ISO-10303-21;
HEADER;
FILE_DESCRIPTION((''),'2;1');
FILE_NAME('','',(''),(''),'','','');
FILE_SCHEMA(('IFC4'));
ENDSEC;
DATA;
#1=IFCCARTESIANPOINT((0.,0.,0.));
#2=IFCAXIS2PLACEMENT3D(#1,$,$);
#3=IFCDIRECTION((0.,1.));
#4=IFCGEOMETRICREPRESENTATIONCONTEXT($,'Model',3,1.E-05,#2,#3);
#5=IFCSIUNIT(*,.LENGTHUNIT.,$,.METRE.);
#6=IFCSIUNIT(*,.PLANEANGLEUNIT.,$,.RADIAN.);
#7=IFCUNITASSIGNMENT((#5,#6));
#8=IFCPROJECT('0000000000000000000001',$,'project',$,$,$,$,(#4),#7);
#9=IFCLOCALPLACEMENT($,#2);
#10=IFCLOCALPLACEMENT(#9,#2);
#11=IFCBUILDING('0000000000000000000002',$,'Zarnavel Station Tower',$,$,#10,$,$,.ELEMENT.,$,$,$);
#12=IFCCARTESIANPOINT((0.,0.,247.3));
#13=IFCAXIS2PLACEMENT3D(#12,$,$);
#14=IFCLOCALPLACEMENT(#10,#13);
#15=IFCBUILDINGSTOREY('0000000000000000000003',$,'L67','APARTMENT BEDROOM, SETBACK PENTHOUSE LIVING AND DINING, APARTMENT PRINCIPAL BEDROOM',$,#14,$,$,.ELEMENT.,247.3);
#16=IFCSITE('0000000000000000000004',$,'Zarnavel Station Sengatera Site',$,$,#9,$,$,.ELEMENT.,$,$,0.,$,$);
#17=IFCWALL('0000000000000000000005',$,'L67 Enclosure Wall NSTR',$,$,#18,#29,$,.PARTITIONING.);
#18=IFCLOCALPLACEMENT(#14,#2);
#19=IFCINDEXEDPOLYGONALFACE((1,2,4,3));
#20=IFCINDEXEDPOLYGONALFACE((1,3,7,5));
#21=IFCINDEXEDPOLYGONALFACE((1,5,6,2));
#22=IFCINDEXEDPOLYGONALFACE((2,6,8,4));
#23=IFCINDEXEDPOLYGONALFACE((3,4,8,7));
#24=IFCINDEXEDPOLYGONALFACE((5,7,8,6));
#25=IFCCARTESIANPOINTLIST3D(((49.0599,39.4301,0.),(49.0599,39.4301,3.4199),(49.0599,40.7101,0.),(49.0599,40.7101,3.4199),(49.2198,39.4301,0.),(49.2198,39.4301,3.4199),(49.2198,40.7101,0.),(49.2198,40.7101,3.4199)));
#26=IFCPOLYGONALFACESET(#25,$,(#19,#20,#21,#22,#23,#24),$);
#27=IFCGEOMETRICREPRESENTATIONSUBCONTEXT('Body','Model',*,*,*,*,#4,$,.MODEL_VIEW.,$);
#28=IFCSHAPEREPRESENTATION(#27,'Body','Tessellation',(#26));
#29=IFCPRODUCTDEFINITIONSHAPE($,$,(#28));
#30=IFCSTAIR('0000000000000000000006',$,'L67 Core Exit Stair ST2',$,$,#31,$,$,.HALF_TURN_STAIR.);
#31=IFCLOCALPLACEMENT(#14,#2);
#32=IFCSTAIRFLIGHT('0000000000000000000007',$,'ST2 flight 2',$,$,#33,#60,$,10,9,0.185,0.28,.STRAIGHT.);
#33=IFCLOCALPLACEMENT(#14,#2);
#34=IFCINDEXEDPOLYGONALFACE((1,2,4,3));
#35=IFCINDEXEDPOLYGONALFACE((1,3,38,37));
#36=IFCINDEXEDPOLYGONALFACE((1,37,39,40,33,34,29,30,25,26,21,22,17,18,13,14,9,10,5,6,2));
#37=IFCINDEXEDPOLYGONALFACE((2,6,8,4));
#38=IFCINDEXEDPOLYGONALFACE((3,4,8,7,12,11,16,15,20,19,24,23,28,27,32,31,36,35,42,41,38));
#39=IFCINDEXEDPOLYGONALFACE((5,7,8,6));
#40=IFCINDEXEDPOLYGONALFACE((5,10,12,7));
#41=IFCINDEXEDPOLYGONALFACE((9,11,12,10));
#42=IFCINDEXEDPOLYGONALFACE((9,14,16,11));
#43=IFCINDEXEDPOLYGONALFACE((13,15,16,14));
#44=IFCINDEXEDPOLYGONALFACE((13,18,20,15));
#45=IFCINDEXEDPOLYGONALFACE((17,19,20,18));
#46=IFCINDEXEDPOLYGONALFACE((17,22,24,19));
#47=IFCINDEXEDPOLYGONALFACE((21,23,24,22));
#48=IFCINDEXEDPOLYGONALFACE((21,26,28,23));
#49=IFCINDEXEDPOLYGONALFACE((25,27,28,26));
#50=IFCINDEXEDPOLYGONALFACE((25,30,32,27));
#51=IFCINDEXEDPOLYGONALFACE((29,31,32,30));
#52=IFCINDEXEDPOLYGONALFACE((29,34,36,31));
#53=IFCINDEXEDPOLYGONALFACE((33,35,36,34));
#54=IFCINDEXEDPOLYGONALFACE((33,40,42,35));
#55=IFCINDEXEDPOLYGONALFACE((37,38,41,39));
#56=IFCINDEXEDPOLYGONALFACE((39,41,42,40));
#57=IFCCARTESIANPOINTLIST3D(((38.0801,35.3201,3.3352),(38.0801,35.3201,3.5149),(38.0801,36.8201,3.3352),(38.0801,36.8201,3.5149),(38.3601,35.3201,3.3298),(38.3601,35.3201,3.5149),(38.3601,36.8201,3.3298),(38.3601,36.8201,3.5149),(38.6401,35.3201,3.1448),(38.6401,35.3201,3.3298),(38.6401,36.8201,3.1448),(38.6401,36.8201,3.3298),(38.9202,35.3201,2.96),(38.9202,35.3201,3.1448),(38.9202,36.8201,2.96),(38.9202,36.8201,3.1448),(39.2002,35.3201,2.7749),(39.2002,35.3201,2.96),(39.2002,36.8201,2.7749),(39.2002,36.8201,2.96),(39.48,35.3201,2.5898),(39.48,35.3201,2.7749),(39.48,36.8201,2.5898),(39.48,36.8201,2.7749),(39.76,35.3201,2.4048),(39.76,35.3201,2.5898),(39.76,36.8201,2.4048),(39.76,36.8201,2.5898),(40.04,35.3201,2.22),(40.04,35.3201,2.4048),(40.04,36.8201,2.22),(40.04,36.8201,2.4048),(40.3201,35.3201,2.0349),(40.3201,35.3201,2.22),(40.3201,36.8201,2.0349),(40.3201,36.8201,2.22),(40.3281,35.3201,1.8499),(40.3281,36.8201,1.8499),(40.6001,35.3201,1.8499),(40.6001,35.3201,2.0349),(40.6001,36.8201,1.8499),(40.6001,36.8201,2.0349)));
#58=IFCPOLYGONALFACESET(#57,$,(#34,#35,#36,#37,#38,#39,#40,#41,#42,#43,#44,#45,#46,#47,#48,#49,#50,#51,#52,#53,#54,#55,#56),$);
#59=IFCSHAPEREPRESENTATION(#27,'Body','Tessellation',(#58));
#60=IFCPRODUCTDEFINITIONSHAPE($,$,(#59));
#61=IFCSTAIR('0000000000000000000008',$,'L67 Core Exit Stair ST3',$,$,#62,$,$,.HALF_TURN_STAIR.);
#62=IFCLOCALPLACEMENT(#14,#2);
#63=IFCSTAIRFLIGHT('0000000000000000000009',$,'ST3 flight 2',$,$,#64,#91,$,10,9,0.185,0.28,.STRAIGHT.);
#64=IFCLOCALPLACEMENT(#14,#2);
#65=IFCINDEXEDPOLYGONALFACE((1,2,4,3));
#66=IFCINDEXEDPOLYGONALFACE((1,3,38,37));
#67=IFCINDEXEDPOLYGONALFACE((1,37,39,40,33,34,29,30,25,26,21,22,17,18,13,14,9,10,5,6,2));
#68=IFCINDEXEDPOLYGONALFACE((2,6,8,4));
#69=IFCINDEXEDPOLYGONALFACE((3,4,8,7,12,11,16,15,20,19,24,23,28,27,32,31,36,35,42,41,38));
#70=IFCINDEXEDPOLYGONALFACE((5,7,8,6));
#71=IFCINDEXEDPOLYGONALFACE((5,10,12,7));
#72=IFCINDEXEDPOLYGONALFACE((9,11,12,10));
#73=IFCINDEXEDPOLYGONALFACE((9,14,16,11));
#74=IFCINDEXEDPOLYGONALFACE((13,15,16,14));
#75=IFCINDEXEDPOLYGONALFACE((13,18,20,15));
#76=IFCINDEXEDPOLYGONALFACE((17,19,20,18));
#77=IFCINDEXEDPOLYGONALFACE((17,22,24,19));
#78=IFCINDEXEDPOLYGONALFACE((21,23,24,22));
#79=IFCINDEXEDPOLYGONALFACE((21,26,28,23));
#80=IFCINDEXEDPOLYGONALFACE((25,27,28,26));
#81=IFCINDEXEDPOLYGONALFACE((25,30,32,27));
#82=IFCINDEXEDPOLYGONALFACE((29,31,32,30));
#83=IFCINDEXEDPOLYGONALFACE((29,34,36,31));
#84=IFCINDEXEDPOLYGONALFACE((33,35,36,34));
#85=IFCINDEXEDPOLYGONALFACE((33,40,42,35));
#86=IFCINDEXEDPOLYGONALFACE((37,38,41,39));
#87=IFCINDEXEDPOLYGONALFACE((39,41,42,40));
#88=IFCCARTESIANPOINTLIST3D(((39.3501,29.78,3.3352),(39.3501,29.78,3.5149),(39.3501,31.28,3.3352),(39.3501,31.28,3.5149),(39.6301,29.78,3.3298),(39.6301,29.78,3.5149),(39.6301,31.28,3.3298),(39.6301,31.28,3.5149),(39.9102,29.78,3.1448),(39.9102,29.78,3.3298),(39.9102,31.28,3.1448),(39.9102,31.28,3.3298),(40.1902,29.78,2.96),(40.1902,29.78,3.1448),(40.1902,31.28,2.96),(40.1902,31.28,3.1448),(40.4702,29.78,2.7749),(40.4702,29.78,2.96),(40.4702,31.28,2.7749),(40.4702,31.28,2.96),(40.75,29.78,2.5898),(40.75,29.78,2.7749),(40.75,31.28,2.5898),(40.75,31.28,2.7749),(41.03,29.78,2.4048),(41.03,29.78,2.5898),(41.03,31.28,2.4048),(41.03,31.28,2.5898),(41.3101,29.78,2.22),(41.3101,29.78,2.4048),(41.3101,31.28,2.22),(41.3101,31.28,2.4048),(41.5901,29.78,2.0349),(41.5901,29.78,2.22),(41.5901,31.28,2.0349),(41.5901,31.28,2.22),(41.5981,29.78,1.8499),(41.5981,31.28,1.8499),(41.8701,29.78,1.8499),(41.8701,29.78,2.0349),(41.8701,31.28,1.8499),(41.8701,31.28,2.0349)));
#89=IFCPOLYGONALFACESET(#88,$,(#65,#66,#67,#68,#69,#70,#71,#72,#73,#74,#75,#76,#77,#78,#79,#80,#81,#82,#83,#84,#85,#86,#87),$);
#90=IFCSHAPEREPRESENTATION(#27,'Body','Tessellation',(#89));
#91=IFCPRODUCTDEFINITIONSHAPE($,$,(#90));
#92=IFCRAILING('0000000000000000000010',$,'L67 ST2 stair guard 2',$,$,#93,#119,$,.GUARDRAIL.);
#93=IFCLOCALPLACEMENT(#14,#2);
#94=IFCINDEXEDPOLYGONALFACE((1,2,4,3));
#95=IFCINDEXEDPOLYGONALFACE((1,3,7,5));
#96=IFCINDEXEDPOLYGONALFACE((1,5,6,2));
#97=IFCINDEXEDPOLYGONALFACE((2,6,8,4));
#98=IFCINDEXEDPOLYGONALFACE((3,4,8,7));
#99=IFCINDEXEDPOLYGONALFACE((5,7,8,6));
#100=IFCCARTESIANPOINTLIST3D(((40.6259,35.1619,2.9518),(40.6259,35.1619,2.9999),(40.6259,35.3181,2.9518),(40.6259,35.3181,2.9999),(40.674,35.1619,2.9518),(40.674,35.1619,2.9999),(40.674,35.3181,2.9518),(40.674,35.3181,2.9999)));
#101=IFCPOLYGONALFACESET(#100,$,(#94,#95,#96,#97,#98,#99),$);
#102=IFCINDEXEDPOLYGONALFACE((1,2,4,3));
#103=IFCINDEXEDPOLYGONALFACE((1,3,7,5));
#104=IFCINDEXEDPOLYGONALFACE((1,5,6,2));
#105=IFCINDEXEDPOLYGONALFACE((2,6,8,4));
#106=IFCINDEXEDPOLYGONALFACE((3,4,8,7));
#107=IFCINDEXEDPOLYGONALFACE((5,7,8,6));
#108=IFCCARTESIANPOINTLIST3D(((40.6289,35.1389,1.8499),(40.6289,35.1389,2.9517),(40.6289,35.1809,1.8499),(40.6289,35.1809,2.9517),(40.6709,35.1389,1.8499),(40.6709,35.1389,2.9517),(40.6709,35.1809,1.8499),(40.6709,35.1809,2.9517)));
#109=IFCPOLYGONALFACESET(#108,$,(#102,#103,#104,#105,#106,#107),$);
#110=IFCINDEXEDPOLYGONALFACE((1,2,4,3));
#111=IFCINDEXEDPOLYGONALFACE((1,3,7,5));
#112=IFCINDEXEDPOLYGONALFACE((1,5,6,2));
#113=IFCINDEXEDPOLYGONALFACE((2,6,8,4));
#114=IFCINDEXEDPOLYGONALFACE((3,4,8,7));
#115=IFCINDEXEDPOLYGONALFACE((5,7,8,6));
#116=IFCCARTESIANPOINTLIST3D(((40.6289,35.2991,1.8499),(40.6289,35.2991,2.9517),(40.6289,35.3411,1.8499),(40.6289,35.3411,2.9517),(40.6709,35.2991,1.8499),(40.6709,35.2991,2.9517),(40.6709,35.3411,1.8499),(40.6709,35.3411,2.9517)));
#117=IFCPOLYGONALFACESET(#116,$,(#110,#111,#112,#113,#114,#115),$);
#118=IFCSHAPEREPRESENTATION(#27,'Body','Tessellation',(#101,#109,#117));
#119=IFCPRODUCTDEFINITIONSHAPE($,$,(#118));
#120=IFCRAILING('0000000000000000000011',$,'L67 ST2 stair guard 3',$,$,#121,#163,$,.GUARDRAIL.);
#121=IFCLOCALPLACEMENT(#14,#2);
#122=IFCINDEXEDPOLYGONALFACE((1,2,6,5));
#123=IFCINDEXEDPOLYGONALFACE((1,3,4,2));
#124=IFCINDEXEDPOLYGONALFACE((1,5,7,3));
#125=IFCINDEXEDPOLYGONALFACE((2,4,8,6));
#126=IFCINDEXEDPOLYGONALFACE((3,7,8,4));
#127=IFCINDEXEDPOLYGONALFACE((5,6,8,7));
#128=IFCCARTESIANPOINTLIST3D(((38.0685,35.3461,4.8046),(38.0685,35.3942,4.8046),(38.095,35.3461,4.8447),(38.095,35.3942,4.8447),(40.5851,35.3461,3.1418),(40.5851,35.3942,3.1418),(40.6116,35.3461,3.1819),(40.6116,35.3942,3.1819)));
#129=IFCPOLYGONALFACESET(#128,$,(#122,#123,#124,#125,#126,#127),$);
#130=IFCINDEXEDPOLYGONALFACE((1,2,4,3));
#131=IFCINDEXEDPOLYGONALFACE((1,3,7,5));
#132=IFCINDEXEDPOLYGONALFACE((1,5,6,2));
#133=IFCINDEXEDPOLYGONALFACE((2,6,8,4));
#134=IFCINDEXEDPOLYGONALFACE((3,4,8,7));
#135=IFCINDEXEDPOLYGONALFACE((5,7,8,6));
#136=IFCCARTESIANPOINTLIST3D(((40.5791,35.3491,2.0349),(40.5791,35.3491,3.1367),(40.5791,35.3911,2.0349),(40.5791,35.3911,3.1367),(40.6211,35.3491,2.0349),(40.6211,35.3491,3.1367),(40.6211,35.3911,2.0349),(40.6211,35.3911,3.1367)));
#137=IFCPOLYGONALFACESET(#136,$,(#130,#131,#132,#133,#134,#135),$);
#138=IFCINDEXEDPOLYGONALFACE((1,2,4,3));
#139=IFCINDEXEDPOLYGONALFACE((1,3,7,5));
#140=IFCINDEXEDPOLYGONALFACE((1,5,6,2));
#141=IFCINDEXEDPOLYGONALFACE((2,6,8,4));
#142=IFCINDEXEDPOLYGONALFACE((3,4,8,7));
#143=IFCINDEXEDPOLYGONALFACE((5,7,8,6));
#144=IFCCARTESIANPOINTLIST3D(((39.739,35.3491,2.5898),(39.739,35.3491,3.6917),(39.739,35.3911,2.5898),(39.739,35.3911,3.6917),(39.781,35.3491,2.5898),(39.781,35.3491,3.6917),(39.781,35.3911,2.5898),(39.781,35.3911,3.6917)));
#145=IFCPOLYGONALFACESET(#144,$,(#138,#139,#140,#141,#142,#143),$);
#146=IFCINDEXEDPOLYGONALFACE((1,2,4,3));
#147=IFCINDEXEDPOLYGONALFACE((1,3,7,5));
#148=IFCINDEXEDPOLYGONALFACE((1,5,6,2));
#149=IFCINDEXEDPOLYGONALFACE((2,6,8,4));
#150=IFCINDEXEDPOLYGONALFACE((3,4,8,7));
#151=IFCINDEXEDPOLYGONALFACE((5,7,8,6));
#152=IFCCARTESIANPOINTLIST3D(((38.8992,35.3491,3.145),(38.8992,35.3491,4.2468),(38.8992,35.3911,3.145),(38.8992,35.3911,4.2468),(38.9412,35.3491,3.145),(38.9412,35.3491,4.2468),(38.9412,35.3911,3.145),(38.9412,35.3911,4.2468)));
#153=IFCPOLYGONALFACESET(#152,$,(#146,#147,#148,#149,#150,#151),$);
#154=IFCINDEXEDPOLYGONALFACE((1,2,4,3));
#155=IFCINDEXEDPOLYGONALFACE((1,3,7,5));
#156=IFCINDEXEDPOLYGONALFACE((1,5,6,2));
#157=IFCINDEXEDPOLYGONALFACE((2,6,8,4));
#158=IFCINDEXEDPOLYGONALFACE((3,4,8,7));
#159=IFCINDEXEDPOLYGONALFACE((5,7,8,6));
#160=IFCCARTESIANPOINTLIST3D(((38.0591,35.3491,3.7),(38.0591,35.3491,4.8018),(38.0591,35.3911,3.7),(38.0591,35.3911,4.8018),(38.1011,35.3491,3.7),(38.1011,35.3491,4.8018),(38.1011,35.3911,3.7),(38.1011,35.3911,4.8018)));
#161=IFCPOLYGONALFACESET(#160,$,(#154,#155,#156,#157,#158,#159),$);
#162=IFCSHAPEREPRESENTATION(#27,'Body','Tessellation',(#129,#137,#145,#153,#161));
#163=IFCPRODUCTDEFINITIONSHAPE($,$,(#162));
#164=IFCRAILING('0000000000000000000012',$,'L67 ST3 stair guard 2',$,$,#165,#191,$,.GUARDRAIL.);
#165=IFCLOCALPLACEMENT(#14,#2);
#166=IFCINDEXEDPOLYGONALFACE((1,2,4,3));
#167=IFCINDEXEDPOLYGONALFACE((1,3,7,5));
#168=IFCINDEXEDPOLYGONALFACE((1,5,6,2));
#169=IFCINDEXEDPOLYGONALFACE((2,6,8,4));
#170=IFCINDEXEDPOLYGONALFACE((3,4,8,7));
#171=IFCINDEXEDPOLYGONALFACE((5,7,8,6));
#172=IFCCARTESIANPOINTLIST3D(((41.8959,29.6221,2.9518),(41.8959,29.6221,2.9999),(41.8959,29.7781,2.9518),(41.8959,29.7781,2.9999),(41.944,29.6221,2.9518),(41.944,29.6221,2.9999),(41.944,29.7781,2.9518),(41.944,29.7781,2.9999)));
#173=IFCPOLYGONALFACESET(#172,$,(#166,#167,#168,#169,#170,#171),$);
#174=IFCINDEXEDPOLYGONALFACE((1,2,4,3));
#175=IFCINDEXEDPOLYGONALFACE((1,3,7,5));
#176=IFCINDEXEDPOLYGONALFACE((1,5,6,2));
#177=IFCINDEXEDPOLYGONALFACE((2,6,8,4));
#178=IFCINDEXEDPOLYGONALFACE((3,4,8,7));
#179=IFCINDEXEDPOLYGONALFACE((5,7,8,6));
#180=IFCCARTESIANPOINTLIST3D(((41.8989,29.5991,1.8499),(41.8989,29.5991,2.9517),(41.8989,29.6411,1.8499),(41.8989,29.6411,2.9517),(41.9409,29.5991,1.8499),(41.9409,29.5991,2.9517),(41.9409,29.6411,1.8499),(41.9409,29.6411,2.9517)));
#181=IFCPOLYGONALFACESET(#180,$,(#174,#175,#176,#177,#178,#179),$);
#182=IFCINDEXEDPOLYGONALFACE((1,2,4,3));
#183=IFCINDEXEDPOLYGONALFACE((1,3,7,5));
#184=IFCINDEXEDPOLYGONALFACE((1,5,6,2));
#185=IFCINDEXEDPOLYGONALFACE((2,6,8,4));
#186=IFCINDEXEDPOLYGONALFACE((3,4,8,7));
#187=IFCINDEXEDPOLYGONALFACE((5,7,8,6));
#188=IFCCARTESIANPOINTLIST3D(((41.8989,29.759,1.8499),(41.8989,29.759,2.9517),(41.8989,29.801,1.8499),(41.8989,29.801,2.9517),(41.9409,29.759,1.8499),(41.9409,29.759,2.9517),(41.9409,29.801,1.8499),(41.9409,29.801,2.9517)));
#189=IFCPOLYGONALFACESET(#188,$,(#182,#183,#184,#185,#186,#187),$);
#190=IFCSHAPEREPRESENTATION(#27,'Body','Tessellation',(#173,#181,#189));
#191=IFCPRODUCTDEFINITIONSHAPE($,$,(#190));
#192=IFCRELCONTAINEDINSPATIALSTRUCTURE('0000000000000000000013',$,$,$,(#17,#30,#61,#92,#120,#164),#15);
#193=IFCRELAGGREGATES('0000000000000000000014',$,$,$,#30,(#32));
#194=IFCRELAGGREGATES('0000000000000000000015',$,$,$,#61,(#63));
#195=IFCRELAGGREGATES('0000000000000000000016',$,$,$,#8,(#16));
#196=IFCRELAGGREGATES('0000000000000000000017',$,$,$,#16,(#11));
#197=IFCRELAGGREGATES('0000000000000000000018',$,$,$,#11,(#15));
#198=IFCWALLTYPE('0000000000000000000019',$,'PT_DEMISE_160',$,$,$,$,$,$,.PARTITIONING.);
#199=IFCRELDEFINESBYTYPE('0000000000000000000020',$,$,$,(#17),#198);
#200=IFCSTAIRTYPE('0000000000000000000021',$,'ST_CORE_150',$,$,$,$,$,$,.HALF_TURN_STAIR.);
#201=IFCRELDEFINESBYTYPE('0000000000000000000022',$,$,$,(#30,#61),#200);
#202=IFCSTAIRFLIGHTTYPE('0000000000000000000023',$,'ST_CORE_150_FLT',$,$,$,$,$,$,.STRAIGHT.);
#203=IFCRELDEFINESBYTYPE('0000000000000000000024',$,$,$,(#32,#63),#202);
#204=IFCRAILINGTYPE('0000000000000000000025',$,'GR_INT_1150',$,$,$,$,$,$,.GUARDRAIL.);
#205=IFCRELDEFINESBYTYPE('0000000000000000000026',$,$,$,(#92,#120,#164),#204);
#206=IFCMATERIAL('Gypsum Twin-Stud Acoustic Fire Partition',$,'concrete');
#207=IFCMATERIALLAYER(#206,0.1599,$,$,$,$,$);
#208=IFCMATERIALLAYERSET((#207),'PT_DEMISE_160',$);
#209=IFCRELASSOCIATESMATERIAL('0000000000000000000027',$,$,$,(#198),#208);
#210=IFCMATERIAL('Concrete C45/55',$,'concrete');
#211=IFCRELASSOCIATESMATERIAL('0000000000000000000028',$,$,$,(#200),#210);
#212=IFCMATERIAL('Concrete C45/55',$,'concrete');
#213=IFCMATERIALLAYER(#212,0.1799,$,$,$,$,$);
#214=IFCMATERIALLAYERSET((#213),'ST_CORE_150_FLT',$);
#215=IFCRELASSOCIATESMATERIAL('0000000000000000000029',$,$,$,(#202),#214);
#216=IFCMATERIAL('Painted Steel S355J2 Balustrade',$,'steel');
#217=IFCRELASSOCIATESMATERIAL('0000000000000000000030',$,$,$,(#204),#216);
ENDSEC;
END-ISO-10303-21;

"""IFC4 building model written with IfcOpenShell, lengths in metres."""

from ifc_helpers import new_model, si_unit, direction, frame, frame_2d, origin, origin_2d, place, context, subcontext, project, spatial, polyline, rectangle, outline, extrude, material, layer, layer_set, type_object, element, aggregate, save


model = new_model("IFC4")

# Units and contexts
model_context = context("Model", 3, precision=1e-05, world=origin(), true_north=direction((0.0, 1.0)))
body_context = subcontext(model_context, "Body", "Model", "MODEL_VIEW")
ifc_project = project(units=[si_unit("LENGTHUNIT", "METRE"), si_unit("PLANEANGLEUNIT", "RADIAN")], contexts=[model_context])

# Site, building, storey
site_placement = place(None, origin())
site = spatial("IfcSite", under=ifc_project, at=site_placement, Name="Zarnavel Station Sengatera Site", CompositionType="ELEMENT", RefElevation=0.0)
building_placement = place(site_placement, origin())
building = spatial("IfcBuilding", under=site, at=building_placement, Name="Zarnavel Station Tower", CompositionType="ELEMENT")
storey_placement = place(building_placement, frame((0.0, 0.0, 247.3)))
storey = spatial("IfcBuildingStorey", under=building, at=storey_placement, Name="L67", Description="APARTMENT BEDROOM, SETBACK PENTHOUSE LIVING AND DINING, APARTMENT PRINCIPAL BEDROOM", CompositionType="ELEMENT", Elevation=247.3)

# Wall
ifc_material_1 = material(Name="Gypsum Twin-Stud Acoustic Fire Partition", Category="concrete")
ifc_layer_1 = layer(ifc_material_1, 0.1599)
ifc_layer_set_1 = layer_set([ifc_layer_1], Name="PT_DEMISE_160")
wall_type_1 = type_object("IfcWallType", Name="PT_DEMISE_160", PredefinedType="PARTITIONING", material=ifc_layer_set_1)
wall_1_placement = place(storey_placement, frame((49.1399, 39.4299, 0.0), z_axis=(0.0, 0.0, 1.0), x_axis=(0.0, 1.0, 0.0)))
element("IfcWall", 1, at=wall_1_placement, inside=storey, type_object=wall_type_1, Name="L67 Enclosure Wall NSTR", PredefinedType="PARTITIONING", context=body_context, shape_type="SweptSolid", body=[
    extrude(rectangle(XDim=1.28, YDim=0.1599, at=frame_2d((0.6401, 0.0))), origin(), (0.0, 0.0, 1.0), 3.4199),
])

# Stairs, stair flights
ifc_material_2 = material(Name="Concrete C45/55", Category="concrete")
stair_type = type_object("IfcStairType", Name="ST_CORE_150", PredefinedType="HALF_TURN_STAIR", material=ifc_material_2)
stair_1_placement = place(storey_placement, origin())
stair_1 = element("IfcStair", 2, at=stair_1_placement, inside=storey, type_object=stair_type, Name="L67 Core Exit Stair ST2", PredefinedType="HALF_TURN_STAIR")
ifc_material_3 = material(Name="Concrete C45/55", Category="concrete")
ifc_layer_2 = layer(ifc_material_3, 0.1799)
ifc_layer_set_2 = layer_set([ifc_layer_2], Name="ST_CORE_150_FLT")
stair_flight_type = type_object("IfcStairFlightType", Name="ST_CORE_150_FLT", PredefinedType="STRAIGHT", material=ifc_layer_set_2)
stair_flight_1_placement = place(storey_placement, frame((40.6001, 36.0701, 1.8499), z_axis=(0.0, 0.0, 1.0), x_axis=(-1.0, 0.0, 0.0)))
stair_flight_1 = element("IfcStairFlight", 3, at=stair_flight_1_placement, type_object=stair_flight_type, Name="ST2 flight 2", NumberOfRisers=10, NumberOfTreads=9, PredefinedType="STRAIGHT", RiserHeight=0.185, TreadLength=0.28, context=body_context, shape_type="SweptSolid", body=[
    extrude(outline(polyline([(0.0, 0.0), (0.0, 0.1851), (0.28, 0.1851), (0.28, 0.3701), (0.5601, 0.3701), (0.5601, 0.5549), (0.8401, 0.5549), (0.8401, 0.74), (1.1201, 0.74), (1.1201, 0.925), (1.3999, 0.925), (1.3999, 1.1101), (1.6799, 1.1101), (1.6799, 1.2949), (1.96, 1.2949), (1.96, 1.48), (2.24, 1.48), (2.24, 1.665), (2.52, 1.665), (2.52, 1.8501), (2.52, 1.4854), (0.272, 0.0), (0.0, 0.0)])), frame((0.0, 0.75, 0.0), z_axis=(0.0, -1.0, 0.0), x_axis=(1.0, 0.0, 0.0)), (0.0, 0.0, 1.0), 1.5),
])
aggregate(stair_1, [stair_flight_1])
stair_2_placement = place(storey_placement, origin())
stair_2 = element("IfcStair", 4, at=stair_2_placement, inside=storey, type_object=stair_type, Name="L67 Core Exit Stair ST3", PredefinedType="HALF_TURN_STAIR")
stair_flight_2_placement = place(storey_placement, frame((41.8701, 30.53, 1.8499), z_axis=(0.0, 0.0, 1.0), x_axis=(-1.0, 0.0, 0.0)))
stair_flight_2 = element("IfcStairFlight", 5, at=stair_flight_2_placement, type_object=stair_flight_type, Name="ST3 flight 2", NumberOfRisers=10, NumberOfTreads=9, PredefinedType="STRAIGHT", RiserHeight=0.185, TreadLength=0.28, context=body_context, shape_type="SweptSolid", body=[
    extrude(outline(polyline([(0.0, 0.0), (0.0, 0.1851), (0.28, 0.1851), (0.28, 0.3701), (0.5601, 0.3701), (0.5601, 0.5549), (0.8401, 0.5549), (0.8401, 0.74), (1.1201, 0.74), (1.1201, 0.925), (1.3999, 0.925), (1.3999, 1.1101), (1.6799, 1.1101), (1.6799, 1.2949), (1.96, 1.2949), (1.96, 1.48), (2.24, 1.48), (2.24, 1.665), (2.52, 1.665), (2.52, 1.8501), (2.52, 1.4854), (0.272, 0.0), (0.0, 0.0)])), frame((0.0, 0.75, 0.0), z_axis=(0.0, -1.0, 0.0), x_axis=(1.0, 0.0, 0.0)), (0.0, 0.0, 1.0), 1.5),
])
aggregate(stair_2, [stair_flight_2])

# Railings
ifc_material_4 = material(Name="Painted Steel S355J2 Balustrade", Category="steel")
railing_type_1 = type_object("IfcRailingType", Name="GR_INT_1150", PredefinedType="GUARDRAIL", material=ifc_material_4)
railing_1_placement = place(storey_placement, frame((40.6499, 35.1599, 1.8499)))
element("IfcRailing", 6, at=railing_1_placement, inside=storey, type_object=railing_type_1, Name="L67 ST2 stair guard 2", PredefinedType="GUARDRAIL", context=body_context, shape_type="SweptSolid", body=[
    extrude(rectangle(XDim=0.0481, YDim=0.0481, at=origin_2d()), frame((0.0, 0.002, 1.126), z_axis=(0.0, 1.0, 0.0), x_axis=(-1.0, 0.0, 0.0)), (0.0, 0.0, 1.0), 0.1562),
    extrude(rectangle(XDim=0.042, YDim=0.042, at=origin_2d()), origin(), (0.0, 0.0, 1.0), 1.1018),
    extrude(rectangle(XDim=0.042, YDim=0.042, at=origin_2d()), frame((0.0, 0.1602, 0.0)), (0.0, 0.0, 1.0), 1.1018),
])
railing_2_placement = place(storey_placement, frame((40.6001, 35.3701, 2.0349)))
element("IfcRailing", 7, at=railing_2_placement, inside=storey, type_object=railing_type_1, Name="L67 ST2 stair guard 3", PredefinedType="GUARDRAIL", context=body_context, shape_type="SweptSolid", body=[
    extrude(rectangle(XDim=0.0481, YDim=0.0481, at=origin_2d()), frame((-0.0017, 0.0, 1.127), z_axis=(-0.834331, 0.0, 0.551263), x_axis=(0.0, -1.0, 0.0)), (0.0, 0.0, 1.0), 3.0164),
    extrude(rectangle(XDim=0.042, YDim=0.042, at=origin_2d()), origin(), (0.0, 0.0, 1.0), 1.1018),
    extrude(rectangle(XDim=0.042, YDim=0.042, at=origin_2d()), frame((-0.8401, 0.0, 0.5549)), (0.0, 0.0, 1.0), 1.1018),
    extrude(rectangle(XDim=0.042, YDim=0.042, at=origin_2d()), frame((-1.6799, 0.0, 1.1101)), (0.0, 0.0, 1.0), 1.1018),
    extrude(rectangle(XDim=0.042, YDim=0.042, at=origin_2d()), frame((-2.52, 0.0, 1.665)), (0.0, 0.0, 1.0), 1.1018),
])
railing_3_placement = place(storey_placement, frame((41.9199, 29.6201, 1.8499)))
element("IfcRailing", 8, at=railing_3_placement, inside=storey, type_object=railing_type_1, Name="L67 ST3 stair guard 2", PredefinedType="GUARDRAIL", context=body_context, shape_type="SweptSolid", body=[
    extrude(rectangle(XDim=0.0481, YDim=0.0481, at=origin_2d()), frame((0.0, 0.002, 1.126), z_axis=(0.0, 1.0, 0.0), x_axis=(-1.0, 0.0, 0.0)), (0.0, 0.0, 1.0), 0.156),
    extrude(rectangle(XDim=0.042, YDim=0.042, at=origin_2d()), origin(), (0.0, 0.0, 1.0), 1.1018),
    extrude(rectangle(XDim=0.042, YDim=0.042, at=origin_2d()), frame((0.0, 0.1599, 0.0)), (0.0, 0.0, 1.0), 1.1018),
])

save(model, "model.ifc")
